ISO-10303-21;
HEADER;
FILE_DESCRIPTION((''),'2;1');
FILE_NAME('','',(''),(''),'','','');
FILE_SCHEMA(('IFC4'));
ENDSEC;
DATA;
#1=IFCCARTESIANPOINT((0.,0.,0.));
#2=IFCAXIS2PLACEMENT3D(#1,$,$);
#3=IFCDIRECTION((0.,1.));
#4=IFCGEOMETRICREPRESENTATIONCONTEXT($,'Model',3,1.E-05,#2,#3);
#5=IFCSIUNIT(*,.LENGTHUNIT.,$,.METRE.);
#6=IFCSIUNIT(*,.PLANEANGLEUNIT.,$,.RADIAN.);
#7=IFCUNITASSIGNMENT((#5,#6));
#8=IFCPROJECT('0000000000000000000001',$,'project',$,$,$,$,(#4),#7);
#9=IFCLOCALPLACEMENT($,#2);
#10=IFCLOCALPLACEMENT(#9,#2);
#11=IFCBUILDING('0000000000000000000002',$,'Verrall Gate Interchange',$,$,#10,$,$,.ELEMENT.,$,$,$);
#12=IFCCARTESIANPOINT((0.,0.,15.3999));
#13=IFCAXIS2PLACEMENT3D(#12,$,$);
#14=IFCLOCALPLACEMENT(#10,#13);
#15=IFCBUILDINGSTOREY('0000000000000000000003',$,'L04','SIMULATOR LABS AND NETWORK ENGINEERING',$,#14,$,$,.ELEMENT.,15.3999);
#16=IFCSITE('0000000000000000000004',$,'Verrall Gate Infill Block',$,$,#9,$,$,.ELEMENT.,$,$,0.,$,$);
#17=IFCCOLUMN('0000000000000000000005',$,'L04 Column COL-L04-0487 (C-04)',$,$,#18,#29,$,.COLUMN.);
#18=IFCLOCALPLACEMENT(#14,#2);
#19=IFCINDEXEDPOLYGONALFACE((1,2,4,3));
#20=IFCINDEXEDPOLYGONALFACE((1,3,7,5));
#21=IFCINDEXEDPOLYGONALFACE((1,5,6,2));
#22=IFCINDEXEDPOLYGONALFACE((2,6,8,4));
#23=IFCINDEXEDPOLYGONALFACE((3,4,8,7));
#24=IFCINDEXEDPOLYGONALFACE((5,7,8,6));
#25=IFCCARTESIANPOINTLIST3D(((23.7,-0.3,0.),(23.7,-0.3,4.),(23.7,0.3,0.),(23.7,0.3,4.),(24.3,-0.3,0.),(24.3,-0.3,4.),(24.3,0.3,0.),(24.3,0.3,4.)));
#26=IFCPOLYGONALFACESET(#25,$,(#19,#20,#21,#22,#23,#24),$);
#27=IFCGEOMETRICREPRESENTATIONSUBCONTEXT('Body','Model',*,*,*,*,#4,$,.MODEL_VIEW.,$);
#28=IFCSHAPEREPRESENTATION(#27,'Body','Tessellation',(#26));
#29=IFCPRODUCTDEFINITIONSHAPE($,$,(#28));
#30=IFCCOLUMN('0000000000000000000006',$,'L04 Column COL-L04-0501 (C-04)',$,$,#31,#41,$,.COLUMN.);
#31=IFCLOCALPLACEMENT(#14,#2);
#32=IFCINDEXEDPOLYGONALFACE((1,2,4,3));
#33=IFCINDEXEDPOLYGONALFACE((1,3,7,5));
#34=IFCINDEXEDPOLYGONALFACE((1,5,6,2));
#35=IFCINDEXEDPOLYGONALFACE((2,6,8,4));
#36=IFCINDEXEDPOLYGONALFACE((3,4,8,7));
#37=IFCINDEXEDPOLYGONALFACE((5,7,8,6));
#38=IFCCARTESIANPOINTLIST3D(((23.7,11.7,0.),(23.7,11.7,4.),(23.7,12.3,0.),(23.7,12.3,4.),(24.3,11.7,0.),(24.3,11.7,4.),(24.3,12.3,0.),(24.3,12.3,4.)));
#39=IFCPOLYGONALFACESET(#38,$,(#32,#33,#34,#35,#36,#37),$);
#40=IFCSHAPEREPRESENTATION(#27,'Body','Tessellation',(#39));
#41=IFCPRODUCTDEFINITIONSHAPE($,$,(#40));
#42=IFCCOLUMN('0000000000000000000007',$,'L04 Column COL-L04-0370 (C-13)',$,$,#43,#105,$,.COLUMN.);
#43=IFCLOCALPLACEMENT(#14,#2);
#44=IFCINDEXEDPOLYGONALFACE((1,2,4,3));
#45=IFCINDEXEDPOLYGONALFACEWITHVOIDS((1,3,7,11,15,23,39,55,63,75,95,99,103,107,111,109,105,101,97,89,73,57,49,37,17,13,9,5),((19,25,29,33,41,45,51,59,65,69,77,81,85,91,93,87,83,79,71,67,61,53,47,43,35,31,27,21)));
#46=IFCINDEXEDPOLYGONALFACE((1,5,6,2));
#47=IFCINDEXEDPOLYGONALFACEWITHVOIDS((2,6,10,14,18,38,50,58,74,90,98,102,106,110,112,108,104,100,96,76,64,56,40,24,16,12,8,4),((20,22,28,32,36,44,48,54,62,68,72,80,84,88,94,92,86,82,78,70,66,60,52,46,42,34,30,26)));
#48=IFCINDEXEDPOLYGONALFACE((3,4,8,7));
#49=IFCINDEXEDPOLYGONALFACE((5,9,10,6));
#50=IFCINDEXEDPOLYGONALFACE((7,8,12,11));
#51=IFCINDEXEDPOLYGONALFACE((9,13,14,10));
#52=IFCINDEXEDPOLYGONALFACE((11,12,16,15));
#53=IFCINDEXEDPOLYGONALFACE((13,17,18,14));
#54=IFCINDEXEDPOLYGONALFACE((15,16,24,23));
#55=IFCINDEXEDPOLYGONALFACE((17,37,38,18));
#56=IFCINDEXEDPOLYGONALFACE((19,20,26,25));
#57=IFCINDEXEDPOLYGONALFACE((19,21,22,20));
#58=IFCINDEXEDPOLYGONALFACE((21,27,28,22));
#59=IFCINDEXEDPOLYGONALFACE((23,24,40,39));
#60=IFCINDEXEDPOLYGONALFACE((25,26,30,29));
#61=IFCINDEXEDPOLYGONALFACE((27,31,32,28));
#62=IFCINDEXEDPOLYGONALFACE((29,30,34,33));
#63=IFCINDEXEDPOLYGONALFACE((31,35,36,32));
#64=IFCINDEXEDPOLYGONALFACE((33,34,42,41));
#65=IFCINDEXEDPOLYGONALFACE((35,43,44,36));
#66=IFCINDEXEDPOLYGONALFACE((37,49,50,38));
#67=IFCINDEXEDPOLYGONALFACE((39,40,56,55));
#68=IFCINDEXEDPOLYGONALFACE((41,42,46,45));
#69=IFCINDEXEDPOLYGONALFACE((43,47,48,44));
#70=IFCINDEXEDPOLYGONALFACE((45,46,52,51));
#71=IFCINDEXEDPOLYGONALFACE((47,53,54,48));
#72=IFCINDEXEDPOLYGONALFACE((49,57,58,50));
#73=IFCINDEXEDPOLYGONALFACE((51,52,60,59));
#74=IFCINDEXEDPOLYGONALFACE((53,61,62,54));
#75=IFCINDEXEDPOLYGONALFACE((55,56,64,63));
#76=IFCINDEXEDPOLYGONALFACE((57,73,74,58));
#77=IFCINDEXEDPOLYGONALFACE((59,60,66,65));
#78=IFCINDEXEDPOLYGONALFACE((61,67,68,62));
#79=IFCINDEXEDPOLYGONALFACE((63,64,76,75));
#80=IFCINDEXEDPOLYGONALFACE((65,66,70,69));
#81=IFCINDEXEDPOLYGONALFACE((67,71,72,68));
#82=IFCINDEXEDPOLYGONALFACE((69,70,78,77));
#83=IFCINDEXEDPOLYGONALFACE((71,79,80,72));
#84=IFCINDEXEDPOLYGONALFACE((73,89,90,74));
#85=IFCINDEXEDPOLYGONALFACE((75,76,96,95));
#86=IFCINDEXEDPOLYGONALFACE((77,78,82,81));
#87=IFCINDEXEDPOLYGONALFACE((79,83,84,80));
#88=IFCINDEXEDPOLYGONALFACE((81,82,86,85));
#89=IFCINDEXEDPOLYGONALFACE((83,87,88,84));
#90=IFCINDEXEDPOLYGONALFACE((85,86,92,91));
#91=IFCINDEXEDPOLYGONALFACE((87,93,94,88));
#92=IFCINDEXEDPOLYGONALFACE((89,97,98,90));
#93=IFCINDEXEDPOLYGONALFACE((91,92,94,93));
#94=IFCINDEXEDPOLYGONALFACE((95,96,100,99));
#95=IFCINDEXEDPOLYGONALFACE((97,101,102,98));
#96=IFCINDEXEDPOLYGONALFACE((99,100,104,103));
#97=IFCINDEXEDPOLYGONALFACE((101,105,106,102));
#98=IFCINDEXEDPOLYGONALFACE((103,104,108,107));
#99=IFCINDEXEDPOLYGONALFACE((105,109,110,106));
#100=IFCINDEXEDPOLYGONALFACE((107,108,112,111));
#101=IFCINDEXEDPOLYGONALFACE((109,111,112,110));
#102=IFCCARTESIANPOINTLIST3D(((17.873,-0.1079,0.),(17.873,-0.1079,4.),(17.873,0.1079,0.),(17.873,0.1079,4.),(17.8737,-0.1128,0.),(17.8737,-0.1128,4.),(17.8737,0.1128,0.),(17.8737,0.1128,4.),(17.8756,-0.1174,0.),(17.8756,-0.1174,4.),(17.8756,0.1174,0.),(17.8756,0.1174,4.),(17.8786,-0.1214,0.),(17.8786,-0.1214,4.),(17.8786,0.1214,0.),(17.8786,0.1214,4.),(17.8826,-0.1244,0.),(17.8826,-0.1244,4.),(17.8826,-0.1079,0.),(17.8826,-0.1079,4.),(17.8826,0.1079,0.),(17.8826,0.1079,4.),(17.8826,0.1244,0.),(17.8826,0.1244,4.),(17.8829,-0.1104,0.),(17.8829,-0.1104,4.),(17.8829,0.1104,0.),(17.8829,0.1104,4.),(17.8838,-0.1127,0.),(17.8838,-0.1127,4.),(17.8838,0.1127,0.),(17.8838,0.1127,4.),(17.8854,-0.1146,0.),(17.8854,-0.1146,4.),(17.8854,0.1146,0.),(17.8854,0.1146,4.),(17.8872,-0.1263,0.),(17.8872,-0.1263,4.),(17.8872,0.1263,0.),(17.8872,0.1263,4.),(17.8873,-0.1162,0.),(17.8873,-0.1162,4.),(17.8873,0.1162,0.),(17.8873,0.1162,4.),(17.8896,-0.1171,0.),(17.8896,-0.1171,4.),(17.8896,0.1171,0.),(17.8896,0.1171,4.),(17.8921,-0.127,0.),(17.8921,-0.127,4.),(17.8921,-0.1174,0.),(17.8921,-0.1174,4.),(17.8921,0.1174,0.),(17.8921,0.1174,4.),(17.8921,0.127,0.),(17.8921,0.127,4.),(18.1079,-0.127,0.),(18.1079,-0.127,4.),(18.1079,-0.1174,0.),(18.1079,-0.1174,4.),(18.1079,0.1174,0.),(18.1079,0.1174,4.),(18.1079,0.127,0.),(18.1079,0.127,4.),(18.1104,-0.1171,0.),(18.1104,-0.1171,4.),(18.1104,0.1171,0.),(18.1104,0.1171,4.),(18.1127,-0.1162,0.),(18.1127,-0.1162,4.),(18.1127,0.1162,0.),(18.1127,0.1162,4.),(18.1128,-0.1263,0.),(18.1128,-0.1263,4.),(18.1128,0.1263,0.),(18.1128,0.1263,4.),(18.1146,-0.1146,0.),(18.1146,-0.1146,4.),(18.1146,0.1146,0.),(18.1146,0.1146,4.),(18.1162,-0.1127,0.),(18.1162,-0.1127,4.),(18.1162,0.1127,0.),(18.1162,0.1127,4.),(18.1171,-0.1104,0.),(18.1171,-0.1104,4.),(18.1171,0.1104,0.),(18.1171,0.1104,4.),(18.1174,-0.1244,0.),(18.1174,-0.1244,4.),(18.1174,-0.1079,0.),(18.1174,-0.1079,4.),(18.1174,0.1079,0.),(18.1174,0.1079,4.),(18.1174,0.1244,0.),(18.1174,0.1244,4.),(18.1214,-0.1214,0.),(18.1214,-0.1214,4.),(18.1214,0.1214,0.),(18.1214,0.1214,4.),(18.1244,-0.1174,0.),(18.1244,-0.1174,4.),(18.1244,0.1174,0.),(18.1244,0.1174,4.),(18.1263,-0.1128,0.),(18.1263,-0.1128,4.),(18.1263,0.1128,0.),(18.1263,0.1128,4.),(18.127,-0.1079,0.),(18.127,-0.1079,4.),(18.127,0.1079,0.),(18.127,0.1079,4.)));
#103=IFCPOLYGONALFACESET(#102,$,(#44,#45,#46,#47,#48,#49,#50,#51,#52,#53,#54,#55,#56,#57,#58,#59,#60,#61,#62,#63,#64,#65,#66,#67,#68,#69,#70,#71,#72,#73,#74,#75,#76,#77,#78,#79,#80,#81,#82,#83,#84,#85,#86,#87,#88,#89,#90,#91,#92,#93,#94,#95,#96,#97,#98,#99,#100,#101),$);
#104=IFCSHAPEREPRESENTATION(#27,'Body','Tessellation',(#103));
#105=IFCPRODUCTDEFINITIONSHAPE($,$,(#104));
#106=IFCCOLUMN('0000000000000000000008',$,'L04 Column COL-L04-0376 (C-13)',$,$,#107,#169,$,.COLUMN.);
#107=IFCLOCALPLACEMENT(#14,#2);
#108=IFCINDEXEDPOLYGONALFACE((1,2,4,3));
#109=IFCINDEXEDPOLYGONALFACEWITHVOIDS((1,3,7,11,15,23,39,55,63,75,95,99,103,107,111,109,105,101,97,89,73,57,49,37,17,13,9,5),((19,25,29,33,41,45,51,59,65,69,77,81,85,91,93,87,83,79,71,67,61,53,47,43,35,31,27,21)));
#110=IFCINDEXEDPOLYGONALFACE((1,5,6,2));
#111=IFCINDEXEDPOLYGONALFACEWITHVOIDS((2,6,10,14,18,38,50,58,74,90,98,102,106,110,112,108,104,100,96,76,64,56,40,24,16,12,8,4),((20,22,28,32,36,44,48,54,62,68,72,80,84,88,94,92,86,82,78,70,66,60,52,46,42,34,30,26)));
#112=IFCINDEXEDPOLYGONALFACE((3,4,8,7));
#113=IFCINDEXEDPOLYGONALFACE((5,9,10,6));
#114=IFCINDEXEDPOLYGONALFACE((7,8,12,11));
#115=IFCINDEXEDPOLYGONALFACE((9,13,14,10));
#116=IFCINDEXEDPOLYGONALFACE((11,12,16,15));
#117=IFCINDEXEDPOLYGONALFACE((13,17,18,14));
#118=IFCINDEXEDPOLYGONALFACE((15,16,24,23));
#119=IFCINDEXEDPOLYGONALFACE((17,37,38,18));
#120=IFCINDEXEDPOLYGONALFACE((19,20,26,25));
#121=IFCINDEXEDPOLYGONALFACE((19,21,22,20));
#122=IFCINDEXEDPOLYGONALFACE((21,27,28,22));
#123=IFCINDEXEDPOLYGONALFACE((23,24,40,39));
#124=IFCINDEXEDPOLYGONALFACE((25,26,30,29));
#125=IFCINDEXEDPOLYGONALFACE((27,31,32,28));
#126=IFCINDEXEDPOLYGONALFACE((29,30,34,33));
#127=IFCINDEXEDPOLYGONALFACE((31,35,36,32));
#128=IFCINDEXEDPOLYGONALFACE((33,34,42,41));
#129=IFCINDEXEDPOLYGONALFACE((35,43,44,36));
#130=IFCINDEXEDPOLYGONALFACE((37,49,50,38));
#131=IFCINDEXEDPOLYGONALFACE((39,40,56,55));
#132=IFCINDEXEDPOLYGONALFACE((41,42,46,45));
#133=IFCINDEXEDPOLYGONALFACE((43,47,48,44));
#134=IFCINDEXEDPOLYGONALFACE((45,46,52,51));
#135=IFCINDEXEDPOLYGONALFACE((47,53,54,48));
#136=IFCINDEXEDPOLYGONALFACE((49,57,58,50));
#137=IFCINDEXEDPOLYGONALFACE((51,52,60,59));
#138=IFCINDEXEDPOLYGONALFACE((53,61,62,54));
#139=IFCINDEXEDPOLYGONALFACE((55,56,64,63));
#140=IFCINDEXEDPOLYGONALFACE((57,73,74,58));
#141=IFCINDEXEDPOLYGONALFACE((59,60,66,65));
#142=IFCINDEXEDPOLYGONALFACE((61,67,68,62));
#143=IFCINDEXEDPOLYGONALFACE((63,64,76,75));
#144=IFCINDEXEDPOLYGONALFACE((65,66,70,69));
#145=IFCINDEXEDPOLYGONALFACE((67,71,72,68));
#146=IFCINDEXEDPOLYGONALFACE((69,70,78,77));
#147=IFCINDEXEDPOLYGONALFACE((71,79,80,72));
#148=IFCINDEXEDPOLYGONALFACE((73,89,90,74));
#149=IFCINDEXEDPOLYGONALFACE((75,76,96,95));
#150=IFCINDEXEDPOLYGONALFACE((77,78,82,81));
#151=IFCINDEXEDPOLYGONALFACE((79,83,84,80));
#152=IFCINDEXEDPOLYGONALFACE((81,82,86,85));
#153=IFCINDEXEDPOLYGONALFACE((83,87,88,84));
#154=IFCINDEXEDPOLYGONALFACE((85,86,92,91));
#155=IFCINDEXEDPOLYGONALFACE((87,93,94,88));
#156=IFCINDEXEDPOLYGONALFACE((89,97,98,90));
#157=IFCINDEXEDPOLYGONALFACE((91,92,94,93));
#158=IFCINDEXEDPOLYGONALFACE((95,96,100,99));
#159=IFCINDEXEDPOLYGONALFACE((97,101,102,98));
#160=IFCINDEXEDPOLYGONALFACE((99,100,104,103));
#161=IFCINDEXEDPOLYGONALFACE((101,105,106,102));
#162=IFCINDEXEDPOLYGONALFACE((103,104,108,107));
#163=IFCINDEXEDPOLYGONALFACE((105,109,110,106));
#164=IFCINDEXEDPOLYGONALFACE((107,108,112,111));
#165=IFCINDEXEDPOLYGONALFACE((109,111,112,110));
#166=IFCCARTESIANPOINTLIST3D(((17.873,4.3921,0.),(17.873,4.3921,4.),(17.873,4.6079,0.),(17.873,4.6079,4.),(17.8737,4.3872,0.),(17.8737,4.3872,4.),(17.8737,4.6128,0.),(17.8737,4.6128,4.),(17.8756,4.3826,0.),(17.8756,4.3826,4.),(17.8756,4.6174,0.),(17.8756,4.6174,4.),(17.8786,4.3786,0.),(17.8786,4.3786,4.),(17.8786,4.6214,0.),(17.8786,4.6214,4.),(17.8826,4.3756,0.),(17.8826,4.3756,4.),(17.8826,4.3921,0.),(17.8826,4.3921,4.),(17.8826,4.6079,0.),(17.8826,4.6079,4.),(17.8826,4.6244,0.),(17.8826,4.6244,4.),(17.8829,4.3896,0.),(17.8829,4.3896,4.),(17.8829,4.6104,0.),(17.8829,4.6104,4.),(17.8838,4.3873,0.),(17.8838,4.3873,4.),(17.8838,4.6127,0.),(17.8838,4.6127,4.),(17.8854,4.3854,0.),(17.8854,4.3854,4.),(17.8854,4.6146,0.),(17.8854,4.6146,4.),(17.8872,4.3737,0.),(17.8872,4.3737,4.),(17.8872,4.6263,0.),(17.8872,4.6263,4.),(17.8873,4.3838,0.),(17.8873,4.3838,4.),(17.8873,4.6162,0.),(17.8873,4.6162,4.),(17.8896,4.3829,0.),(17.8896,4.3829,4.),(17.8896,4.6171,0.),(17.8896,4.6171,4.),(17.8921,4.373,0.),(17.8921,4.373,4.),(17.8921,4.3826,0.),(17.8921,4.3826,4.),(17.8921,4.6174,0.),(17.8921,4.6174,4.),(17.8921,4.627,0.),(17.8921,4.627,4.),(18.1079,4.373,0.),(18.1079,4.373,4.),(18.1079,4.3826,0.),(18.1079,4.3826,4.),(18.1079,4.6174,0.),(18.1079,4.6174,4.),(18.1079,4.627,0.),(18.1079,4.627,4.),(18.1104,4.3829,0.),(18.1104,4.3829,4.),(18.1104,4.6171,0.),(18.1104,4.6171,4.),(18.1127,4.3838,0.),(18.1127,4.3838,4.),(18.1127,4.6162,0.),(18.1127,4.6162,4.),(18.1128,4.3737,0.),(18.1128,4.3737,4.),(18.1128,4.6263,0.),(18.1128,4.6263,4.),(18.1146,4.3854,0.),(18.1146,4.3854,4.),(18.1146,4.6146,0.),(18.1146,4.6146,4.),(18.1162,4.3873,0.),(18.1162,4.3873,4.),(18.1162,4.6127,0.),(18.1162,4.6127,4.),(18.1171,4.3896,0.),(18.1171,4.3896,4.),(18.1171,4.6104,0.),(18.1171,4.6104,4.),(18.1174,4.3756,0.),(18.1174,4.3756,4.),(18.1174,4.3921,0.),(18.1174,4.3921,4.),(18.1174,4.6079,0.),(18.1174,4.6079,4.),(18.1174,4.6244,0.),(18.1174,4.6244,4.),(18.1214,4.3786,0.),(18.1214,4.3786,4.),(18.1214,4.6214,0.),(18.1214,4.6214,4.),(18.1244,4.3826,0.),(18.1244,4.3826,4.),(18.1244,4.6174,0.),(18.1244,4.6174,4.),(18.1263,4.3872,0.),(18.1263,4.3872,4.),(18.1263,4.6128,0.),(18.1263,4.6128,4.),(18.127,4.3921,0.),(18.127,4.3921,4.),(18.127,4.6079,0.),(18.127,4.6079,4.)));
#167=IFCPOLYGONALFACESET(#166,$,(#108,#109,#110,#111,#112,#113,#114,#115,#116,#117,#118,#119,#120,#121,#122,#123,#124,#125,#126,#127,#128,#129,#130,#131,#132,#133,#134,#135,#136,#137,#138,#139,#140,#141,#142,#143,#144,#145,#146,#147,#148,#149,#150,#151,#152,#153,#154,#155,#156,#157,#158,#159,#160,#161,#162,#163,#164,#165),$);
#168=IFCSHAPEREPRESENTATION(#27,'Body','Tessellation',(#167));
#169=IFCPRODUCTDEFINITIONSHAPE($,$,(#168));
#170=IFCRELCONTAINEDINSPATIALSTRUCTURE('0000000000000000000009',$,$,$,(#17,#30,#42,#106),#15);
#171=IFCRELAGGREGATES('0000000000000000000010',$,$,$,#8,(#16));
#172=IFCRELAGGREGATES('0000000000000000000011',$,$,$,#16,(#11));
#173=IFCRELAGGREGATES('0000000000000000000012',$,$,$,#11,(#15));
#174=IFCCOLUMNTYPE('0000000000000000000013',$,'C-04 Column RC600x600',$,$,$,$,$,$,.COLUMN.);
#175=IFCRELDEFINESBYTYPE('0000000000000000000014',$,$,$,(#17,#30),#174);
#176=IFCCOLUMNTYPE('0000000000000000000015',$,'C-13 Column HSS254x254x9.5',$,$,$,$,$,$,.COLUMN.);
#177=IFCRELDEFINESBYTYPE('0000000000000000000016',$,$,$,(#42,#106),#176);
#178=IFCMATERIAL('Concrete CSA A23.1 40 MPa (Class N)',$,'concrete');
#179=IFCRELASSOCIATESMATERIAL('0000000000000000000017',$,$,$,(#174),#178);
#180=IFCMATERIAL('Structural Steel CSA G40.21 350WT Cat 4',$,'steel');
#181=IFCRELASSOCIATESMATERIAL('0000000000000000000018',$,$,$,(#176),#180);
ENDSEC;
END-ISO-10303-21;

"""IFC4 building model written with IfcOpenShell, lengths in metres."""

from ifc_helpers import new_model, si_unit, direction, frame, origin, origin_2d, place, context, subcontext, project, spatial, rectangle, hollow_rectangle, extrude, material, material_profile, profile_set, type_object, element, save


model = new_model("IFC4")

# Units and contexts
model_context = context("Model", 3, precision=1e-05, world=origin(), true_north=direction((0.0, 1.0)))
body_context = subcontext(model_context, "Body", "Model", "MODEL_VIEW")
ifc_project = project(units=[si_unit("LENGTHUNIT", "METRE"), si_unit("PLANEANGLEUNIT", "RADIAN")], contexts=[model_context])

# Site, building, storey
site_placement = place(None, origin())
site = spatial("IfcSite", under=ifc_project, at=site_placement, Name="Verrall Gate Infill Block", CompositionType="ELEMENT", RefElevation=0.0)
building_placement = place(site_placement, origin())
building = spatial("IfcBuilding", under=site, at=building_placement, Name="Verrall Gate Interchange", CompositionType="ELEMENT")
storey_placement = place(building_placement, frame((0.0, 0.0, 15.3999)))
storey = spatial("IfcBuildingStorey", under=building, at=storey_placement, Name="L04", Description="SIMULATOR LABS AND NETWORK ENGINEERING", CompositionType="ELEMENT", Elevation=15.3999)

# Columns
ifc_material_1 = material(Name="Concrete CSA A23.1 40 MPa (Class N)", Category="concrete")
ifc_material_profile_1 = material_profile(ifc_material_1, rectangle(XDim=0.6001, YDim=0.6001, at=origin_2d()), Name="RC600x600")
ifc_profile_set_1 = profile_set([ifc_material_profile_1], Name="Concrete CSA A23.1 40 MPa (Class N)")
column_type_1 = type_object("IfcColumnType", Name="C-04 Column RC600x600", PredefinedType="COLUMN", material=ifc_profile_set_1)
for number, where, z_axis, x_axis, name in (
    (1, (24.0, 0.0, 0.0), (0.0, 0.0, 1.0), (1.0, 0.0, 0.0), "L04 Column COL-L04-0487 (C-04)"),
    (2, (24.0, 12.0, 0.0), (0.0, 0.0, 1.0), (1.0, 0.0, 0.0), "L04 Column COL-L04-0501 (C-04)"),
):
    element("IfcColumn", number, at=place(storey_placement, frame(where, z_axis=z_axis, x_axis=x_axis)), inside=storey, type_object=column_type_1, Name=name, PredefinedType="COLUMN", context=body_context, shape_type="SweptSolid", body=[
        extrude(rectangle(XDim=0.6001, YDim=0.6001, at=origin_2d()), origin(), (0.0, 0.0, 1.0), 4.0),
    ])
ifc_material_2 = material(Name="Structural Steel CSA G40.21 350WT Cat 4", Category="steel")
ifc_material_profile_2 = material_profile(ifc_material_2, hollow_rectangle(XDim=0.2539, YDim=0.2539, WallThickness=0.0095, InnerFilletRadius=0.0095, OuterFilletRadius=0.019, at=origin_2d()), Name="HSS254x254x9.5")
ifc_profile_set_2 = profile_set([ifc_material_profile_2], Name="Structural Steel CSA G40.21 350WT Cat 4")
column_type_2 = type_object("IfcColumnType", Name="C-13 Column HSS254x254x9.5", PredefinedType="COLUMN", material=ifc_profile_set_2)
for number, where, z_axis, x_axis, name in (
    (3, (18.0, 0.0, 0.0), (0.0, 0.0, 1.0), (1.0, 0.0, 0.0), "L04 Column COL-L04-0370 (C-13)"),
    (4, (18.0, 4.5, 0.0), (0.0, 0.0, 1.0), (1.0, 0.0, 0.0), "L04 Column COL-L04-0376 (C-13)"),
):
    element("IfcColumn", number, at=place(storey_placement, frame(where, z_axis=z_axis, x_axis=x_axis)), inside=storey, type_object=column_type_2, Name=name, PredefinedType="COLUMN", context=body_context, shape_type="SweptSolid", body=[
        extrude(hollow_rectangle(XDim=0.2539, YDim=0.2539, WallThickness=0.0095, InnerFilletRadius=0.0095, OuterFilletRadius=0.019, at=origin_2d()), origin(), (0.0, 0.0, 1.0), 4.0),
    ])

save(model, "model.ifc")
